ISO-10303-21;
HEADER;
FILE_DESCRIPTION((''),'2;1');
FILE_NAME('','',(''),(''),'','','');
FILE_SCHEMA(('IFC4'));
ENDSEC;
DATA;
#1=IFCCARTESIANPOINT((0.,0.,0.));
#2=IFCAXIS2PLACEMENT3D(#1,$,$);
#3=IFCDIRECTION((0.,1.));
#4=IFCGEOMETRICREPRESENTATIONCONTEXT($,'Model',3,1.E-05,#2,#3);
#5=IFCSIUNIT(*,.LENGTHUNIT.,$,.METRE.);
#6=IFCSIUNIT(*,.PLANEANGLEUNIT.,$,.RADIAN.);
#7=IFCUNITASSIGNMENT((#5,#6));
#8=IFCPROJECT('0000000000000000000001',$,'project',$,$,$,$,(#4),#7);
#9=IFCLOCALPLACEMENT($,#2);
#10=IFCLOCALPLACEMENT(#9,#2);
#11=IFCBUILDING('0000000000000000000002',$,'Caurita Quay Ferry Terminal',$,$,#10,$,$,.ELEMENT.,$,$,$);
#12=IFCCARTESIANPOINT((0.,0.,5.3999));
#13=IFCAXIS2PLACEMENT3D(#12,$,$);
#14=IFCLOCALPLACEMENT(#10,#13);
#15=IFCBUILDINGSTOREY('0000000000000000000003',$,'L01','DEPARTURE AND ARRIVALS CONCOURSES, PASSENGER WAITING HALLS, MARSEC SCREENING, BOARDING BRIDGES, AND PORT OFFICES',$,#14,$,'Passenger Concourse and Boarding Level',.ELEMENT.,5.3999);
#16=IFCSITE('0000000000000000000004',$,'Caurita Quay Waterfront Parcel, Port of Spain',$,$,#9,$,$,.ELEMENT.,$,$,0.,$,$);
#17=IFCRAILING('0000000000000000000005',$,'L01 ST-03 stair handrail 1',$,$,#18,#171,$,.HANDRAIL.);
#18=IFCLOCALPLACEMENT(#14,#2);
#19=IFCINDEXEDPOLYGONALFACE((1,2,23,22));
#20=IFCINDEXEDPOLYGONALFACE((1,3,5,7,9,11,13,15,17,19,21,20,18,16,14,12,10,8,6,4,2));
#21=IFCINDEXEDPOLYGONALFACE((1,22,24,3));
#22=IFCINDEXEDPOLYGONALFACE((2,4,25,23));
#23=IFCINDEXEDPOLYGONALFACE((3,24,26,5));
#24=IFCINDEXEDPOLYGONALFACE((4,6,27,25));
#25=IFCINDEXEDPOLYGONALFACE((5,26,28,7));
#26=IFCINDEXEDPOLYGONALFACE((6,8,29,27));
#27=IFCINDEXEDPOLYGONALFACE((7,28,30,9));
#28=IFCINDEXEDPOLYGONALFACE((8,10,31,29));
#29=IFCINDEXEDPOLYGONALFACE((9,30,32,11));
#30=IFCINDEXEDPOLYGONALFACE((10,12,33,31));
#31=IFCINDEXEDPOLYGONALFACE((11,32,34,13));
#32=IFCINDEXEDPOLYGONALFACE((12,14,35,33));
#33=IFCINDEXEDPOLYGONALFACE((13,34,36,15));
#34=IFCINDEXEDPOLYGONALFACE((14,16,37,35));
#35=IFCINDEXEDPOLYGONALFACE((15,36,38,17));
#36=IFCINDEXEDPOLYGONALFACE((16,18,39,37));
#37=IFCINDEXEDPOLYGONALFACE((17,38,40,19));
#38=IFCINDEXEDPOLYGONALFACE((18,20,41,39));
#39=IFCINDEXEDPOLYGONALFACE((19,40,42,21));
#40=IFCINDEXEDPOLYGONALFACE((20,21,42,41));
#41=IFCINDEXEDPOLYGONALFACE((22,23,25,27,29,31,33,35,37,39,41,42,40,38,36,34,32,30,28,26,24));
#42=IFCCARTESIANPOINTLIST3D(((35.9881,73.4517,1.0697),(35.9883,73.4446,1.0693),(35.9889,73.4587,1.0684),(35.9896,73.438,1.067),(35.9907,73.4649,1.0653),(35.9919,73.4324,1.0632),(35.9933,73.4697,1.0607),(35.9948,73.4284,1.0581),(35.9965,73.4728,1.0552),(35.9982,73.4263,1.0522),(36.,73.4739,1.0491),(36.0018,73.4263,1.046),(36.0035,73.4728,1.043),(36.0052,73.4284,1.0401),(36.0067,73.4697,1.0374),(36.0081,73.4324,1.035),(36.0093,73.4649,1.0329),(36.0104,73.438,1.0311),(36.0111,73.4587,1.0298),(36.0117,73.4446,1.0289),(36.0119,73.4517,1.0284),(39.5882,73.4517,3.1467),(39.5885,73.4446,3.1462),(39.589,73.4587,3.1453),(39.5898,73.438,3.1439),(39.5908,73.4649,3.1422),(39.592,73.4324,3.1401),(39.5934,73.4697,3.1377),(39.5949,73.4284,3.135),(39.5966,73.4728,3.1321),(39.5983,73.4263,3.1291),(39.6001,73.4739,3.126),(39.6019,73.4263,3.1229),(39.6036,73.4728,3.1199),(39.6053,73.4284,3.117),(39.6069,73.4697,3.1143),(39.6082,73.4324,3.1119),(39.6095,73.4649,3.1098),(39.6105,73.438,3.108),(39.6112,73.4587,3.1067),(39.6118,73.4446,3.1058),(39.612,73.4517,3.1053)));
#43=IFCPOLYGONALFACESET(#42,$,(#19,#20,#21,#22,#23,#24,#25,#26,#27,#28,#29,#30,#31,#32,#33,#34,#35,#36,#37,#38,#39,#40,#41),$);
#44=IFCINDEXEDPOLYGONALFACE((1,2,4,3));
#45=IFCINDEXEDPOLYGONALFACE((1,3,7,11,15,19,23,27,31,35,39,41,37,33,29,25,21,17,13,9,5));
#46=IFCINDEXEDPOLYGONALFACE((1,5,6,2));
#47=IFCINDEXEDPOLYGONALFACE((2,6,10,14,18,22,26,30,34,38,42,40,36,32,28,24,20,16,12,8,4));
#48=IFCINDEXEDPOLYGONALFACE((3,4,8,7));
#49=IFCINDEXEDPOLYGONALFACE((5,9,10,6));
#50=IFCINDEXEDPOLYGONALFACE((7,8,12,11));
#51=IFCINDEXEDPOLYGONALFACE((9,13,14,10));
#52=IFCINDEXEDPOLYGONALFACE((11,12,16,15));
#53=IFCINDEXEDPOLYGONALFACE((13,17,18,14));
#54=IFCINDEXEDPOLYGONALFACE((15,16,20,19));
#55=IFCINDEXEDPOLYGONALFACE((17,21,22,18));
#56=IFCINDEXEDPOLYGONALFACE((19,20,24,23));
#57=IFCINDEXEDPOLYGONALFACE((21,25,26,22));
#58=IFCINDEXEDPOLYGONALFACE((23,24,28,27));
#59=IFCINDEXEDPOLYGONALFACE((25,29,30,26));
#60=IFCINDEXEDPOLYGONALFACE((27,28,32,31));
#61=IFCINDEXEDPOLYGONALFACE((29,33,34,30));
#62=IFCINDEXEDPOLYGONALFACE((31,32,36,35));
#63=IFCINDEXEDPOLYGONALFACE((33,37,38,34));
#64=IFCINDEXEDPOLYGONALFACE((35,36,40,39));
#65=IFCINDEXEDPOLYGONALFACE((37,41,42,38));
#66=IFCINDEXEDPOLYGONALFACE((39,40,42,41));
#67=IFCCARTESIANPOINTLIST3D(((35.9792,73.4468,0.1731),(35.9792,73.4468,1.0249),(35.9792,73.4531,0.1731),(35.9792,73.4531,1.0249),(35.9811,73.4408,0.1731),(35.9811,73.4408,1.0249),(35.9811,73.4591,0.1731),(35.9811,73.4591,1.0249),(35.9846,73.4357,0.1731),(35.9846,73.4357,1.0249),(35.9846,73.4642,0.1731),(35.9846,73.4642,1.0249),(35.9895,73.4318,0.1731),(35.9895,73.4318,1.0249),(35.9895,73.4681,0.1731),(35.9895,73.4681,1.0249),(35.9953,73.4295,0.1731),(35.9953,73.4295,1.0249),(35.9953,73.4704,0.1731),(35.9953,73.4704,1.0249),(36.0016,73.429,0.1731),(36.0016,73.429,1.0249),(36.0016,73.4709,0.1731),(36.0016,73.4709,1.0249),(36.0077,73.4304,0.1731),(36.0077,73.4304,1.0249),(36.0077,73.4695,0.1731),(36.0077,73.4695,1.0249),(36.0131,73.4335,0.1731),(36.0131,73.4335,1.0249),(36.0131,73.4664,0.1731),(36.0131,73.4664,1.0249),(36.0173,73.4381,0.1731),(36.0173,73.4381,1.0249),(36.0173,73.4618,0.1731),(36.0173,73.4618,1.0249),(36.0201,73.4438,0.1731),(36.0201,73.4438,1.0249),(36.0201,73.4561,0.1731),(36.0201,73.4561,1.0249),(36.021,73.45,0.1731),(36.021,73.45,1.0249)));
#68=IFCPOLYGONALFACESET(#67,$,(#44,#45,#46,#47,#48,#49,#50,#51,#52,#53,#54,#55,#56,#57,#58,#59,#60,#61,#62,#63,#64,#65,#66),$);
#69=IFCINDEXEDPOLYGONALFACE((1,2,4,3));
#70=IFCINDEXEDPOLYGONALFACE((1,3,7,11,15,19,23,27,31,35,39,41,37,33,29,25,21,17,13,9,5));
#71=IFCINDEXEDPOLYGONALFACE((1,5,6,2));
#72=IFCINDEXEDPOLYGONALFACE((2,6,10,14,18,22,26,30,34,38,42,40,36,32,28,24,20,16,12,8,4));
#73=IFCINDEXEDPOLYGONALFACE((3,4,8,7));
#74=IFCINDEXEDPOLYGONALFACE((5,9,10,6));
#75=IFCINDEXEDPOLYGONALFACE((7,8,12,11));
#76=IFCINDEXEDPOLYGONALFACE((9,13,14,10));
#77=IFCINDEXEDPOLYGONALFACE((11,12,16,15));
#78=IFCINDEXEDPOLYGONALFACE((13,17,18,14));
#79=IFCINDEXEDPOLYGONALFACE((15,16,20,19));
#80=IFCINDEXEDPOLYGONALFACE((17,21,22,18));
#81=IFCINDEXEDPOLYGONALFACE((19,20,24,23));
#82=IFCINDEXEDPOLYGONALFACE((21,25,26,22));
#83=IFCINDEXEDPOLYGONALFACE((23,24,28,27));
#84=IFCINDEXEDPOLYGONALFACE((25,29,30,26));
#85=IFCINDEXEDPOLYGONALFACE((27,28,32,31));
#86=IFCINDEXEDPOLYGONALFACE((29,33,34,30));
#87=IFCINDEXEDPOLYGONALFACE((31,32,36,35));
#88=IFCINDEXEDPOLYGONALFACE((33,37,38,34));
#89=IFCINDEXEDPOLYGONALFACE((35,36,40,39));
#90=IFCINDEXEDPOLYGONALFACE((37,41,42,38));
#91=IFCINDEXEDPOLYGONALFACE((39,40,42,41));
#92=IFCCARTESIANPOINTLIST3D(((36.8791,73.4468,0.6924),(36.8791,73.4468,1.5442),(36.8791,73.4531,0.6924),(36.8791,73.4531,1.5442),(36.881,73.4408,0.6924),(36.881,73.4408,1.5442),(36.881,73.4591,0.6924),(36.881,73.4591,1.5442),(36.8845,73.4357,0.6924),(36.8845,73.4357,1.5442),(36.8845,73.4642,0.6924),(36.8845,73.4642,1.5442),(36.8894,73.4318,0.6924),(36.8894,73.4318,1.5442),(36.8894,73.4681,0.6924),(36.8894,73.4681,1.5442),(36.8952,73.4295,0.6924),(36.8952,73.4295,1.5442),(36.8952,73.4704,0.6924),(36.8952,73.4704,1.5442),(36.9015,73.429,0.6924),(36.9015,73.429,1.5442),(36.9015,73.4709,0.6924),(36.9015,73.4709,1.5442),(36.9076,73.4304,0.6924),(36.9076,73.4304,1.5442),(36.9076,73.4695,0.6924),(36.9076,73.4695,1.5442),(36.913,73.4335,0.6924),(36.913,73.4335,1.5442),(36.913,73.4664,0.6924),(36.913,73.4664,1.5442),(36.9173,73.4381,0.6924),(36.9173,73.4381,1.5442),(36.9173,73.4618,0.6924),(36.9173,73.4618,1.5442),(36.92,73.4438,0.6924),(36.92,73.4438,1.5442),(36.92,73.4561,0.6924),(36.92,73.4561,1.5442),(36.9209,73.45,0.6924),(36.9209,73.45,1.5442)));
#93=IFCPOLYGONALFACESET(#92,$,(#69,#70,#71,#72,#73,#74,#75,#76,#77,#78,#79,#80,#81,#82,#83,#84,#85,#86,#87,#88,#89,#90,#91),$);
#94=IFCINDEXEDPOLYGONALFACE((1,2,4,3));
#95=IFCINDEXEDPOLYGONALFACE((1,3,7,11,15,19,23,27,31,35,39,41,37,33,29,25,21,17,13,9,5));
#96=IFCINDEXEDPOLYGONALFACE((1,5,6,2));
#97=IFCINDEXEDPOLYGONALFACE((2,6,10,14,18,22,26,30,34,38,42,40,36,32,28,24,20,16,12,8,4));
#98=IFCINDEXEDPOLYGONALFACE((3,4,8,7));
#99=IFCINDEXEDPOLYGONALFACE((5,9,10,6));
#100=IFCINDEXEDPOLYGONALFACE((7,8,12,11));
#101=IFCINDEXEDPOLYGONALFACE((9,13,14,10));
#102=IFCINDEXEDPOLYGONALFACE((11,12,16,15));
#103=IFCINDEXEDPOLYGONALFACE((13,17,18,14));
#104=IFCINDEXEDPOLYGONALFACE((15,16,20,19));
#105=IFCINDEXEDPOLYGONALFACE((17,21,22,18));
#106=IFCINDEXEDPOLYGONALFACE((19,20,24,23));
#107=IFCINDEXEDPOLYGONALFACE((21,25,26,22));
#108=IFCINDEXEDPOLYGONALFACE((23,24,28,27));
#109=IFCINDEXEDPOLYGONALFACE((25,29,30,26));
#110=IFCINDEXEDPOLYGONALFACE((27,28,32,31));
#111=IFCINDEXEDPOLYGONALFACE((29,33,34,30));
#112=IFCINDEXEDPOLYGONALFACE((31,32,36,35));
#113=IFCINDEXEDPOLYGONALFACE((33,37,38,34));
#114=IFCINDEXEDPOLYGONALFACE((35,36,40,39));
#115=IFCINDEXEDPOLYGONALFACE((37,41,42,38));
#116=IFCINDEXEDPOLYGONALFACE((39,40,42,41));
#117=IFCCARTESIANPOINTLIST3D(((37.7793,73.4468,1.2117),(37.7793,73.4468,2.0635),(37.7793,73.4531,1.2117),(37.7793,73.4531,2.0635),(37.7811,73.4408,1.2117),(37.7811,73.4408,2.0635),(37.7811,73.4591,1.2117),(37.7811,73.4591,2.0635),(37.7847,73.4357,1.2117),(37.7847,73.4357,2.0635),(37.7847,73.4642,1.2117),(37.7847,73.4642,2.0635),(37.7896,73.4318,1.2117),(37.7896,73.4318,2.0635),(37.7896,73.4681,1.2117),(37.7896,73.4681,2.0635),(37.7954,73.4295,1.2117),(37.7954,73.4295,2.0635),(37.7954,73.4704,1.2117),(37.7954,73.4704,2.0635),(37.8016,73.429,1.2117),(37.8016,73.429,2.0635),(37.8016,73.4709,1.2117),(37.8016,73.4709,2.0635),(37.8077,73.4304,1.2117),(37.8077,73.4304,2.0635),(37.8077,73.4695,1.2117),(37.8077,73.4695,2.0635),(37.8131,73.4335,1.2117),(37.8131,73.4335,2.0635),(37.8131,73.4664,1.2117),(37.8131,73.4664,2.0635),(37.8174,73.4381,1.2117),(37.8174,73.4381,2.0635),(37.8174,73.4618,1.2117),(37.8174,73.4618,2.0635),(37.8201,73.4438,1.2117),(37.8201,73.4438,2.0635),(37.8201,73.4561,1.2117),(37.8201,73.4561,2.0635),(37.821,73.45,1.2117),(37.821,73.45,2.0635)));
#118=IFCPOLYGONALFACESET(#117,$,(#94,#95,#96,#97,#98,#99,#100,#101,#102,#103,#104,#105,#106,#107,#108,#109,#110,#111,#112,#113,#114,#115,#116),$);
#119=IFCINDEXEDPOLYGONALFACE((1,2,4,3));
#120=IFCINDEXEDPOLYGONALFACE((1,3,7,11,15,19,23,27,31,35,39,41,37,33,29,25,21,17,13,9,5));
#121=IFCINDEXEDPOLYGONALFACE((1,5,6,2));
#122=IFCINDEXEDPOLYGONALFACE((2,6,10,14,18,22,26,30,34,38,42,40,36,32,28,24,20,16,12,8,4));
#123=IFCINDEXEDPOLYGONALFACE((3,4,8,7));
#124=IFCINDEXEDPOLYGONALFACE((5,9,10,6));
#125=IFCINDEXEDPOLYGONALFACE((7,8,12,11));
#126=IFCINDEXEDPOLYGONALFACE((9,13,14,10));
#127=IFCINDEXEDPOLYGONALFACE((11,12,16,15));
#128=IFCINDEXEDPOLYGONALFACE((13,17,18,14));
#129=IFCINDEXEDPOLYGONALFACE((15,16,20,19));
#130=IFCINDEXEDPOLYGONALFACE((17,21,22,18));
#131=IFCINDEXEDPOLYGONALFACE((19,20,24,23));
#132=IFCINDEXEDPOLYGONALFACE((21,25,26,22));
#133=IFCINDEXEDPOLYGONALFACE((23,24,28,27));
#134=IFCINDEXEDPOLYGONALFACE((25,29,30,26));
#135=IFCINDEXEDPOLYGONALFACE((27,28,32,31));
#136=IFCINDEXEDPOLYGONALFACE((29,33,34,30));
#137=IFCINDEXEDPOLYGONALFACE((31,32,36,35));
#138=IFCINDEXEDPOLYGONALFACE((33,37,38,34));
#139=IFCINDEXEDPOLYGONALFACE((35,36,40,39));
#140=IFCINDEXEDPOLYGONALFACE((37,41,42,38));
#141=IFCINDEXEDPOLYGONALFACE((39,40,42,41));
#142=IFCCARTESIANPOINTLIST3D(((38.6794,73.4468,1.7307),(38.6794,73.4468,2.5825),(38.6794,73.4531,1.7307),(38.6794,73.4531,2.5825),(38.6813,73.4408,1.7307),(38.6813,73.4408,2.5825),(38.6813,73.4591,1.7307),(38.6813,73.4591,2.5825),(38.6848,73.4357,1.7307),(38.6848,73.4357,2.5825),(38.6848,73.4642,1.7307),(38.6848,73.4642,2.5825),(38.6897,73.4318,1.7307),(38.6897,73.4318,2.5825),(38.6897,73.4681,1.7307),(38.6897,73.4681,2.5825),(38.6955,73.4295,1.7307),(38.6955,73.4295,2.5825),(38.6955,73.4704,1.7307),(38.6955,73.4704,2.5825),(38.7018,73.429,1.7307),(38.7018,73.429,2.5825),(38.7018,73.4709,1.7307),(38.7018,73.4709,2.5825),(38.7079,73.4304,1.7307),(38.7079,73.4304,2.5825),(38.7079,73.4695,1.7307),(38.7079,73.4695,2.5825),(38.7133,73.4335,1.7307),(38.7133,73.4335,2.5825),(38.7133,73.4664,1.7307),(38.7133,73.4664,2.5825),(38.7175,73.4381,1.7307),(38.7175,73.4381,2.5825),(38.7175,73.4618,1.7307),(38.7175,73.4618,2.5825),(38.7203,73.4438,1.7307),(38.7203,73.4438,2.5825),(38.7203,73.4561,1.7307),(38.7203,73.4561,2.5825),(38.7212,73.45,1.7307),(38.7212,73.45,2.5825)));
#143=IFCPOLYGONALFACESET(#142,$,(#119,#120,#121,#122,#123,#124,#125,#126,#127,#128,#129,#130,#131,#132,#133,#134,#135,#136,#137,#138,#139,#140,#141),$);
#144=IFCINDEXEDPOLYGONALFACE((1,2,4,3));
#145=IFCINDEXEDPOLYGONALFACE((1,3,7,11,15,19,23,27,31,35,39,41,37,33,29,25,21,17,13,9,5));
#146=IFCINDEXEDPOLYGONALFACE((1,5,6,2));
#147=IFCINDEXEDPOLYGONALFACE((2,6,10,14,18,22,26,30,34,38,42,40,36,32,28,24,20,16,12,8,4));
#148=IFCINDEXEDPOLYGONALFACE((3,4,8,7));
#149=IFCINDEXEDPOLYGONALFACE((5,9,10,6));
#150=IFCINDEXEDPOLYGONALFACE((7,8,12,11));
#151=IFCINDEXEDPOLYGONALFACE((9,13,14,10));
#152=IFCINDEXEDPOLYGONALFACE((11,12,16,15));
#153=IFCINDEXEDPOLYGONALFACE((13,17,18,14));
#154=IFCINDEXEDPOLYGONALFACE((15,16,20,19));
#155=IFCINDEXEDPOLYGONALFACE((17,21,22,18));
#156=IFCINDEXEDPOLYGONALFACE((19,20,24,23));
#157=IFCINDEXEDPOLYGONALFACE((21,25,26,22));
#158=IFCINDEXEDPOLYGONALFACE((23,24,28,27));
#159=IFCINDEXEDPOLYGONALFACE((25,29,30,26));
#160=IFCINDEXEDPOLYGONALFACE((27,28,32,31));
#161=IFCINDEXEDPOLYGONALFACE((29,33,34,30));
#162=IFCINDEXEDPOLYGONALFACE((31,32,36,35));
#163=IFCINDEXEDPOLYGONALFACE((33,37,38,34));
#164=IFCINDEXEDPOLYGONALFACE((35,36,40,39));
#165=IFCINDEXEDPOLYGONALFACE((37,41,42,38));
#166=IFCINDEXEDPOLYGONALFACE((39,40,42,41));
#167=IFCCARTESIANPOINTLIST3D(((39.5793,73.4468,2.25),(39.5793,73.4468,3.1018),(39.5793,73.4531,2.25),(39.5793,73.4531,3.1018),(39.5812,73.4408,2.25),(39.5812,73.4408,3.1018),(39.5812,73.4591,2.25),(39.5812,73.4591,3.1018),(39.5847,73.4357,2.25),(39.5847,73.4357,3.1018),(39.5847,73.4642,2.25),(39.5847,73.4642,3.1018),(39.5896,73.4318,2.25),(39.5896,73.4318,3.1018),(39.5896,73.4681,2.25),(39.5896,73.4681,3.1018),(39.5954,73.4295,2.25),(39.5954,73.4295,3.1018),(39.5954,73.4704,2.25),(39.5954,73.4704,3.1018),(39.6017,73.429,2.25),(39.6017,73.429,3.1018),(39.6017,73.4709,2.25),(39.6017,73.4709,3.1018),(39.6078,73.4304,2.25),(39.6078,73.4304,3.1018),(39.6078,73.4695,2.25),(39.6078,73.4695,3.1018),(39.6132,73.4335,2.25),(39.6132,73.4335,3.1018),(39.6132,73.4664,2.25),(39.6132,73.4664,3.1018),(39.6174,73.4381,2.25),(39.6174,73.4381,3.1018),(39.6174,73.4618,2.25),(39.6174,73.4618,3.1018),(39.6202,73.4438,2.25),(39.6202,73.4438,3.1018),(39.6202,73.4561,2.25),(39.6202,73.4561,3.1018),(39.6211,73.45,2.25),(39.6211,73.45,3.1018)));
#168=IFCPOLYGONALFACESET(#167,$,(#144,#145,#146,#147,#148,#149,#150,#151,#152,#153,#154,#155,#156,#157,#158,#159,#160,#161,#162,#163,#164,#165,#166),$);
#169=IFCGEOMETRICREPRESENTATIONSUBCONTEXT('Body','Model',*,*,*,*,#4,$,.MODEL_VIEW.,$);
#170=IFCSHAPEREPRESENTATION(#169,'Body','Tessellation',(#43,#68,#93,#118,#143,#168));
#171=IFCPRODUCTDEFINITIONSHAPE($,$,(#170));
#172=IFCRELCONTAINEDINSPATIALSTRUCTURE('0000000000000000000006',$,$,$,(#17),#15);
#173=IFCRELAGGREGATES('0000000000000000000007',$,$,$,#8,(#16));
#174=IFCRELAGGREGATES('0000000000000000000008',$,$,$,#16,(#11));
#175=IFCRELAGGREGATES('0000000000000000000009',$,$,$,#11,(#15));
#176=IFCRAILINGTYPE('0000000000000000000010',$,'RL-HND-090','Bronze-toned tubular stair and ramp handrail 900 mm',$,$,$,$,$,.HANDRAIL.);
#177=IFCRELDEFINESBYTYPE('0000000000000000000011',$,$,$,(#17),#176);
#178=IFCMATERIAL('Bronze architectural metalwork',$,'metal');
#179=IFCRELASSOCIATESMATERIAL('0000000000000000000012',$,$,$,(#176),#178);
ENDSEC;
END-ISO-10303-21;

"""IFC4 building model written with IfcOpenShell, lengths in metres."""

from ifc_helpers import new_model, si_unit, direction, frame, origin, origin_2d, place, context, subcontext, project, spatial, circle, extrude, material, type_object, element, save


model = new_model("IFC4")

# Units and contexts
model_context = context("Model", 3, precision=1e-05, world=origin(), true_north=direction((0.0, 1.0)))
body_context = subcontext(model_context, "Body", "Model", "MODEL_VIEW")
ifc_project = project(units=[si_unit("LENGTHUNIT", "METRE"), si_unit("PLANEANGLEUNIT", "RADIAN")], contexts=[model_context])

# Site, building, storey
site_placement = place(None, origin())
site = spatial("IfcSite", under=ifc_project, at=site_placement, Name="Caurita Quay Waterfront Parcel, Port of Spain", CompositionType="ELEMENT", RefElevation=0.0)
building_placement = place(site_placement, origin())
building = spatial("IfcBuilding", under=site, at=building_placement, Name="Caurita Quay Ferry Terminal", CompositionType="ELEMENT")
storey_placement = place(building_placement, frame((0.0, 0.0, 5.3999)))
storey = spatial("IfcBuildingStorey", under=building, at=storey_placement, Name="L01", Description="DEPARTURE AND ARRIVALS CONCOURSES, PASSENGER WAITING HALLS, MARSEC SCREENING, BOARDING BRIDGES, AND PORT OFFICES", LongName="Passenger Concourse and Boarding Level", CompositionType="ELEMENT", Elevation=5.3999)

# Railing
ifc_material_1 = material(Name="Bronze architectural metalwork", Category="metal")
railing_type_1 = type_object("IfcRailingType", Name="RL-HND-090", Description="Bronze-toned tubular stair and ramp handrail 900 mm", PredefinedType="HANDRAIL", material=ifc_material_1)
railing_1_placement = place(storey_placement, frame((36.0, 73.45, 0.1731)))
element("IfcRailing", 1, at=railing_1_placement, inside=storey, type_object=railing_type_1, Name="L01 ST-03 stair handrail 1", PredefinedType="HANDRAIL", context=body_context, shape_type="SweptSolid", body=[
    extrude(circle(Radius=0.0239, at=origin_2d()), frame((0.0, 0.0, 0.876), z_axis=(0.866193, 0.0, 0.499709), x_axis=(0.0, 1.0, 0.0)), (0.0, 0.0, 1.0), 4.1562),
    extrude(circle(Radius=0.021, at=origin_2d()), origin(), (0.0, 0.0, 1.0), 0.8518),
    extrude(circle(Radius=0.021, at=origin_2d()), frame((0.8999, 0.0, 0.5193)), (0.0, 0.0, 1.0), 0.8518),
    extrude(circle(Radius=0.021, at=origin_2d()), frame((1.8, 0.0, 1.0386)), (0.0, 0.0, 1.0), 0.8518),
    extrude(circle(Radius=0.021, at=origin_2d()), frame((2.7002, 0.0, 1.5576)), (0.0, 0.0, 1.0), 0.8518),
    extrude(circle(Radius=0.021, at=origin_2d()), frame((3.6001, 0.0, 2.0769)), (0.0, 0.0, 1.0), 0.8518),
])

save(model, "model.ifc")
